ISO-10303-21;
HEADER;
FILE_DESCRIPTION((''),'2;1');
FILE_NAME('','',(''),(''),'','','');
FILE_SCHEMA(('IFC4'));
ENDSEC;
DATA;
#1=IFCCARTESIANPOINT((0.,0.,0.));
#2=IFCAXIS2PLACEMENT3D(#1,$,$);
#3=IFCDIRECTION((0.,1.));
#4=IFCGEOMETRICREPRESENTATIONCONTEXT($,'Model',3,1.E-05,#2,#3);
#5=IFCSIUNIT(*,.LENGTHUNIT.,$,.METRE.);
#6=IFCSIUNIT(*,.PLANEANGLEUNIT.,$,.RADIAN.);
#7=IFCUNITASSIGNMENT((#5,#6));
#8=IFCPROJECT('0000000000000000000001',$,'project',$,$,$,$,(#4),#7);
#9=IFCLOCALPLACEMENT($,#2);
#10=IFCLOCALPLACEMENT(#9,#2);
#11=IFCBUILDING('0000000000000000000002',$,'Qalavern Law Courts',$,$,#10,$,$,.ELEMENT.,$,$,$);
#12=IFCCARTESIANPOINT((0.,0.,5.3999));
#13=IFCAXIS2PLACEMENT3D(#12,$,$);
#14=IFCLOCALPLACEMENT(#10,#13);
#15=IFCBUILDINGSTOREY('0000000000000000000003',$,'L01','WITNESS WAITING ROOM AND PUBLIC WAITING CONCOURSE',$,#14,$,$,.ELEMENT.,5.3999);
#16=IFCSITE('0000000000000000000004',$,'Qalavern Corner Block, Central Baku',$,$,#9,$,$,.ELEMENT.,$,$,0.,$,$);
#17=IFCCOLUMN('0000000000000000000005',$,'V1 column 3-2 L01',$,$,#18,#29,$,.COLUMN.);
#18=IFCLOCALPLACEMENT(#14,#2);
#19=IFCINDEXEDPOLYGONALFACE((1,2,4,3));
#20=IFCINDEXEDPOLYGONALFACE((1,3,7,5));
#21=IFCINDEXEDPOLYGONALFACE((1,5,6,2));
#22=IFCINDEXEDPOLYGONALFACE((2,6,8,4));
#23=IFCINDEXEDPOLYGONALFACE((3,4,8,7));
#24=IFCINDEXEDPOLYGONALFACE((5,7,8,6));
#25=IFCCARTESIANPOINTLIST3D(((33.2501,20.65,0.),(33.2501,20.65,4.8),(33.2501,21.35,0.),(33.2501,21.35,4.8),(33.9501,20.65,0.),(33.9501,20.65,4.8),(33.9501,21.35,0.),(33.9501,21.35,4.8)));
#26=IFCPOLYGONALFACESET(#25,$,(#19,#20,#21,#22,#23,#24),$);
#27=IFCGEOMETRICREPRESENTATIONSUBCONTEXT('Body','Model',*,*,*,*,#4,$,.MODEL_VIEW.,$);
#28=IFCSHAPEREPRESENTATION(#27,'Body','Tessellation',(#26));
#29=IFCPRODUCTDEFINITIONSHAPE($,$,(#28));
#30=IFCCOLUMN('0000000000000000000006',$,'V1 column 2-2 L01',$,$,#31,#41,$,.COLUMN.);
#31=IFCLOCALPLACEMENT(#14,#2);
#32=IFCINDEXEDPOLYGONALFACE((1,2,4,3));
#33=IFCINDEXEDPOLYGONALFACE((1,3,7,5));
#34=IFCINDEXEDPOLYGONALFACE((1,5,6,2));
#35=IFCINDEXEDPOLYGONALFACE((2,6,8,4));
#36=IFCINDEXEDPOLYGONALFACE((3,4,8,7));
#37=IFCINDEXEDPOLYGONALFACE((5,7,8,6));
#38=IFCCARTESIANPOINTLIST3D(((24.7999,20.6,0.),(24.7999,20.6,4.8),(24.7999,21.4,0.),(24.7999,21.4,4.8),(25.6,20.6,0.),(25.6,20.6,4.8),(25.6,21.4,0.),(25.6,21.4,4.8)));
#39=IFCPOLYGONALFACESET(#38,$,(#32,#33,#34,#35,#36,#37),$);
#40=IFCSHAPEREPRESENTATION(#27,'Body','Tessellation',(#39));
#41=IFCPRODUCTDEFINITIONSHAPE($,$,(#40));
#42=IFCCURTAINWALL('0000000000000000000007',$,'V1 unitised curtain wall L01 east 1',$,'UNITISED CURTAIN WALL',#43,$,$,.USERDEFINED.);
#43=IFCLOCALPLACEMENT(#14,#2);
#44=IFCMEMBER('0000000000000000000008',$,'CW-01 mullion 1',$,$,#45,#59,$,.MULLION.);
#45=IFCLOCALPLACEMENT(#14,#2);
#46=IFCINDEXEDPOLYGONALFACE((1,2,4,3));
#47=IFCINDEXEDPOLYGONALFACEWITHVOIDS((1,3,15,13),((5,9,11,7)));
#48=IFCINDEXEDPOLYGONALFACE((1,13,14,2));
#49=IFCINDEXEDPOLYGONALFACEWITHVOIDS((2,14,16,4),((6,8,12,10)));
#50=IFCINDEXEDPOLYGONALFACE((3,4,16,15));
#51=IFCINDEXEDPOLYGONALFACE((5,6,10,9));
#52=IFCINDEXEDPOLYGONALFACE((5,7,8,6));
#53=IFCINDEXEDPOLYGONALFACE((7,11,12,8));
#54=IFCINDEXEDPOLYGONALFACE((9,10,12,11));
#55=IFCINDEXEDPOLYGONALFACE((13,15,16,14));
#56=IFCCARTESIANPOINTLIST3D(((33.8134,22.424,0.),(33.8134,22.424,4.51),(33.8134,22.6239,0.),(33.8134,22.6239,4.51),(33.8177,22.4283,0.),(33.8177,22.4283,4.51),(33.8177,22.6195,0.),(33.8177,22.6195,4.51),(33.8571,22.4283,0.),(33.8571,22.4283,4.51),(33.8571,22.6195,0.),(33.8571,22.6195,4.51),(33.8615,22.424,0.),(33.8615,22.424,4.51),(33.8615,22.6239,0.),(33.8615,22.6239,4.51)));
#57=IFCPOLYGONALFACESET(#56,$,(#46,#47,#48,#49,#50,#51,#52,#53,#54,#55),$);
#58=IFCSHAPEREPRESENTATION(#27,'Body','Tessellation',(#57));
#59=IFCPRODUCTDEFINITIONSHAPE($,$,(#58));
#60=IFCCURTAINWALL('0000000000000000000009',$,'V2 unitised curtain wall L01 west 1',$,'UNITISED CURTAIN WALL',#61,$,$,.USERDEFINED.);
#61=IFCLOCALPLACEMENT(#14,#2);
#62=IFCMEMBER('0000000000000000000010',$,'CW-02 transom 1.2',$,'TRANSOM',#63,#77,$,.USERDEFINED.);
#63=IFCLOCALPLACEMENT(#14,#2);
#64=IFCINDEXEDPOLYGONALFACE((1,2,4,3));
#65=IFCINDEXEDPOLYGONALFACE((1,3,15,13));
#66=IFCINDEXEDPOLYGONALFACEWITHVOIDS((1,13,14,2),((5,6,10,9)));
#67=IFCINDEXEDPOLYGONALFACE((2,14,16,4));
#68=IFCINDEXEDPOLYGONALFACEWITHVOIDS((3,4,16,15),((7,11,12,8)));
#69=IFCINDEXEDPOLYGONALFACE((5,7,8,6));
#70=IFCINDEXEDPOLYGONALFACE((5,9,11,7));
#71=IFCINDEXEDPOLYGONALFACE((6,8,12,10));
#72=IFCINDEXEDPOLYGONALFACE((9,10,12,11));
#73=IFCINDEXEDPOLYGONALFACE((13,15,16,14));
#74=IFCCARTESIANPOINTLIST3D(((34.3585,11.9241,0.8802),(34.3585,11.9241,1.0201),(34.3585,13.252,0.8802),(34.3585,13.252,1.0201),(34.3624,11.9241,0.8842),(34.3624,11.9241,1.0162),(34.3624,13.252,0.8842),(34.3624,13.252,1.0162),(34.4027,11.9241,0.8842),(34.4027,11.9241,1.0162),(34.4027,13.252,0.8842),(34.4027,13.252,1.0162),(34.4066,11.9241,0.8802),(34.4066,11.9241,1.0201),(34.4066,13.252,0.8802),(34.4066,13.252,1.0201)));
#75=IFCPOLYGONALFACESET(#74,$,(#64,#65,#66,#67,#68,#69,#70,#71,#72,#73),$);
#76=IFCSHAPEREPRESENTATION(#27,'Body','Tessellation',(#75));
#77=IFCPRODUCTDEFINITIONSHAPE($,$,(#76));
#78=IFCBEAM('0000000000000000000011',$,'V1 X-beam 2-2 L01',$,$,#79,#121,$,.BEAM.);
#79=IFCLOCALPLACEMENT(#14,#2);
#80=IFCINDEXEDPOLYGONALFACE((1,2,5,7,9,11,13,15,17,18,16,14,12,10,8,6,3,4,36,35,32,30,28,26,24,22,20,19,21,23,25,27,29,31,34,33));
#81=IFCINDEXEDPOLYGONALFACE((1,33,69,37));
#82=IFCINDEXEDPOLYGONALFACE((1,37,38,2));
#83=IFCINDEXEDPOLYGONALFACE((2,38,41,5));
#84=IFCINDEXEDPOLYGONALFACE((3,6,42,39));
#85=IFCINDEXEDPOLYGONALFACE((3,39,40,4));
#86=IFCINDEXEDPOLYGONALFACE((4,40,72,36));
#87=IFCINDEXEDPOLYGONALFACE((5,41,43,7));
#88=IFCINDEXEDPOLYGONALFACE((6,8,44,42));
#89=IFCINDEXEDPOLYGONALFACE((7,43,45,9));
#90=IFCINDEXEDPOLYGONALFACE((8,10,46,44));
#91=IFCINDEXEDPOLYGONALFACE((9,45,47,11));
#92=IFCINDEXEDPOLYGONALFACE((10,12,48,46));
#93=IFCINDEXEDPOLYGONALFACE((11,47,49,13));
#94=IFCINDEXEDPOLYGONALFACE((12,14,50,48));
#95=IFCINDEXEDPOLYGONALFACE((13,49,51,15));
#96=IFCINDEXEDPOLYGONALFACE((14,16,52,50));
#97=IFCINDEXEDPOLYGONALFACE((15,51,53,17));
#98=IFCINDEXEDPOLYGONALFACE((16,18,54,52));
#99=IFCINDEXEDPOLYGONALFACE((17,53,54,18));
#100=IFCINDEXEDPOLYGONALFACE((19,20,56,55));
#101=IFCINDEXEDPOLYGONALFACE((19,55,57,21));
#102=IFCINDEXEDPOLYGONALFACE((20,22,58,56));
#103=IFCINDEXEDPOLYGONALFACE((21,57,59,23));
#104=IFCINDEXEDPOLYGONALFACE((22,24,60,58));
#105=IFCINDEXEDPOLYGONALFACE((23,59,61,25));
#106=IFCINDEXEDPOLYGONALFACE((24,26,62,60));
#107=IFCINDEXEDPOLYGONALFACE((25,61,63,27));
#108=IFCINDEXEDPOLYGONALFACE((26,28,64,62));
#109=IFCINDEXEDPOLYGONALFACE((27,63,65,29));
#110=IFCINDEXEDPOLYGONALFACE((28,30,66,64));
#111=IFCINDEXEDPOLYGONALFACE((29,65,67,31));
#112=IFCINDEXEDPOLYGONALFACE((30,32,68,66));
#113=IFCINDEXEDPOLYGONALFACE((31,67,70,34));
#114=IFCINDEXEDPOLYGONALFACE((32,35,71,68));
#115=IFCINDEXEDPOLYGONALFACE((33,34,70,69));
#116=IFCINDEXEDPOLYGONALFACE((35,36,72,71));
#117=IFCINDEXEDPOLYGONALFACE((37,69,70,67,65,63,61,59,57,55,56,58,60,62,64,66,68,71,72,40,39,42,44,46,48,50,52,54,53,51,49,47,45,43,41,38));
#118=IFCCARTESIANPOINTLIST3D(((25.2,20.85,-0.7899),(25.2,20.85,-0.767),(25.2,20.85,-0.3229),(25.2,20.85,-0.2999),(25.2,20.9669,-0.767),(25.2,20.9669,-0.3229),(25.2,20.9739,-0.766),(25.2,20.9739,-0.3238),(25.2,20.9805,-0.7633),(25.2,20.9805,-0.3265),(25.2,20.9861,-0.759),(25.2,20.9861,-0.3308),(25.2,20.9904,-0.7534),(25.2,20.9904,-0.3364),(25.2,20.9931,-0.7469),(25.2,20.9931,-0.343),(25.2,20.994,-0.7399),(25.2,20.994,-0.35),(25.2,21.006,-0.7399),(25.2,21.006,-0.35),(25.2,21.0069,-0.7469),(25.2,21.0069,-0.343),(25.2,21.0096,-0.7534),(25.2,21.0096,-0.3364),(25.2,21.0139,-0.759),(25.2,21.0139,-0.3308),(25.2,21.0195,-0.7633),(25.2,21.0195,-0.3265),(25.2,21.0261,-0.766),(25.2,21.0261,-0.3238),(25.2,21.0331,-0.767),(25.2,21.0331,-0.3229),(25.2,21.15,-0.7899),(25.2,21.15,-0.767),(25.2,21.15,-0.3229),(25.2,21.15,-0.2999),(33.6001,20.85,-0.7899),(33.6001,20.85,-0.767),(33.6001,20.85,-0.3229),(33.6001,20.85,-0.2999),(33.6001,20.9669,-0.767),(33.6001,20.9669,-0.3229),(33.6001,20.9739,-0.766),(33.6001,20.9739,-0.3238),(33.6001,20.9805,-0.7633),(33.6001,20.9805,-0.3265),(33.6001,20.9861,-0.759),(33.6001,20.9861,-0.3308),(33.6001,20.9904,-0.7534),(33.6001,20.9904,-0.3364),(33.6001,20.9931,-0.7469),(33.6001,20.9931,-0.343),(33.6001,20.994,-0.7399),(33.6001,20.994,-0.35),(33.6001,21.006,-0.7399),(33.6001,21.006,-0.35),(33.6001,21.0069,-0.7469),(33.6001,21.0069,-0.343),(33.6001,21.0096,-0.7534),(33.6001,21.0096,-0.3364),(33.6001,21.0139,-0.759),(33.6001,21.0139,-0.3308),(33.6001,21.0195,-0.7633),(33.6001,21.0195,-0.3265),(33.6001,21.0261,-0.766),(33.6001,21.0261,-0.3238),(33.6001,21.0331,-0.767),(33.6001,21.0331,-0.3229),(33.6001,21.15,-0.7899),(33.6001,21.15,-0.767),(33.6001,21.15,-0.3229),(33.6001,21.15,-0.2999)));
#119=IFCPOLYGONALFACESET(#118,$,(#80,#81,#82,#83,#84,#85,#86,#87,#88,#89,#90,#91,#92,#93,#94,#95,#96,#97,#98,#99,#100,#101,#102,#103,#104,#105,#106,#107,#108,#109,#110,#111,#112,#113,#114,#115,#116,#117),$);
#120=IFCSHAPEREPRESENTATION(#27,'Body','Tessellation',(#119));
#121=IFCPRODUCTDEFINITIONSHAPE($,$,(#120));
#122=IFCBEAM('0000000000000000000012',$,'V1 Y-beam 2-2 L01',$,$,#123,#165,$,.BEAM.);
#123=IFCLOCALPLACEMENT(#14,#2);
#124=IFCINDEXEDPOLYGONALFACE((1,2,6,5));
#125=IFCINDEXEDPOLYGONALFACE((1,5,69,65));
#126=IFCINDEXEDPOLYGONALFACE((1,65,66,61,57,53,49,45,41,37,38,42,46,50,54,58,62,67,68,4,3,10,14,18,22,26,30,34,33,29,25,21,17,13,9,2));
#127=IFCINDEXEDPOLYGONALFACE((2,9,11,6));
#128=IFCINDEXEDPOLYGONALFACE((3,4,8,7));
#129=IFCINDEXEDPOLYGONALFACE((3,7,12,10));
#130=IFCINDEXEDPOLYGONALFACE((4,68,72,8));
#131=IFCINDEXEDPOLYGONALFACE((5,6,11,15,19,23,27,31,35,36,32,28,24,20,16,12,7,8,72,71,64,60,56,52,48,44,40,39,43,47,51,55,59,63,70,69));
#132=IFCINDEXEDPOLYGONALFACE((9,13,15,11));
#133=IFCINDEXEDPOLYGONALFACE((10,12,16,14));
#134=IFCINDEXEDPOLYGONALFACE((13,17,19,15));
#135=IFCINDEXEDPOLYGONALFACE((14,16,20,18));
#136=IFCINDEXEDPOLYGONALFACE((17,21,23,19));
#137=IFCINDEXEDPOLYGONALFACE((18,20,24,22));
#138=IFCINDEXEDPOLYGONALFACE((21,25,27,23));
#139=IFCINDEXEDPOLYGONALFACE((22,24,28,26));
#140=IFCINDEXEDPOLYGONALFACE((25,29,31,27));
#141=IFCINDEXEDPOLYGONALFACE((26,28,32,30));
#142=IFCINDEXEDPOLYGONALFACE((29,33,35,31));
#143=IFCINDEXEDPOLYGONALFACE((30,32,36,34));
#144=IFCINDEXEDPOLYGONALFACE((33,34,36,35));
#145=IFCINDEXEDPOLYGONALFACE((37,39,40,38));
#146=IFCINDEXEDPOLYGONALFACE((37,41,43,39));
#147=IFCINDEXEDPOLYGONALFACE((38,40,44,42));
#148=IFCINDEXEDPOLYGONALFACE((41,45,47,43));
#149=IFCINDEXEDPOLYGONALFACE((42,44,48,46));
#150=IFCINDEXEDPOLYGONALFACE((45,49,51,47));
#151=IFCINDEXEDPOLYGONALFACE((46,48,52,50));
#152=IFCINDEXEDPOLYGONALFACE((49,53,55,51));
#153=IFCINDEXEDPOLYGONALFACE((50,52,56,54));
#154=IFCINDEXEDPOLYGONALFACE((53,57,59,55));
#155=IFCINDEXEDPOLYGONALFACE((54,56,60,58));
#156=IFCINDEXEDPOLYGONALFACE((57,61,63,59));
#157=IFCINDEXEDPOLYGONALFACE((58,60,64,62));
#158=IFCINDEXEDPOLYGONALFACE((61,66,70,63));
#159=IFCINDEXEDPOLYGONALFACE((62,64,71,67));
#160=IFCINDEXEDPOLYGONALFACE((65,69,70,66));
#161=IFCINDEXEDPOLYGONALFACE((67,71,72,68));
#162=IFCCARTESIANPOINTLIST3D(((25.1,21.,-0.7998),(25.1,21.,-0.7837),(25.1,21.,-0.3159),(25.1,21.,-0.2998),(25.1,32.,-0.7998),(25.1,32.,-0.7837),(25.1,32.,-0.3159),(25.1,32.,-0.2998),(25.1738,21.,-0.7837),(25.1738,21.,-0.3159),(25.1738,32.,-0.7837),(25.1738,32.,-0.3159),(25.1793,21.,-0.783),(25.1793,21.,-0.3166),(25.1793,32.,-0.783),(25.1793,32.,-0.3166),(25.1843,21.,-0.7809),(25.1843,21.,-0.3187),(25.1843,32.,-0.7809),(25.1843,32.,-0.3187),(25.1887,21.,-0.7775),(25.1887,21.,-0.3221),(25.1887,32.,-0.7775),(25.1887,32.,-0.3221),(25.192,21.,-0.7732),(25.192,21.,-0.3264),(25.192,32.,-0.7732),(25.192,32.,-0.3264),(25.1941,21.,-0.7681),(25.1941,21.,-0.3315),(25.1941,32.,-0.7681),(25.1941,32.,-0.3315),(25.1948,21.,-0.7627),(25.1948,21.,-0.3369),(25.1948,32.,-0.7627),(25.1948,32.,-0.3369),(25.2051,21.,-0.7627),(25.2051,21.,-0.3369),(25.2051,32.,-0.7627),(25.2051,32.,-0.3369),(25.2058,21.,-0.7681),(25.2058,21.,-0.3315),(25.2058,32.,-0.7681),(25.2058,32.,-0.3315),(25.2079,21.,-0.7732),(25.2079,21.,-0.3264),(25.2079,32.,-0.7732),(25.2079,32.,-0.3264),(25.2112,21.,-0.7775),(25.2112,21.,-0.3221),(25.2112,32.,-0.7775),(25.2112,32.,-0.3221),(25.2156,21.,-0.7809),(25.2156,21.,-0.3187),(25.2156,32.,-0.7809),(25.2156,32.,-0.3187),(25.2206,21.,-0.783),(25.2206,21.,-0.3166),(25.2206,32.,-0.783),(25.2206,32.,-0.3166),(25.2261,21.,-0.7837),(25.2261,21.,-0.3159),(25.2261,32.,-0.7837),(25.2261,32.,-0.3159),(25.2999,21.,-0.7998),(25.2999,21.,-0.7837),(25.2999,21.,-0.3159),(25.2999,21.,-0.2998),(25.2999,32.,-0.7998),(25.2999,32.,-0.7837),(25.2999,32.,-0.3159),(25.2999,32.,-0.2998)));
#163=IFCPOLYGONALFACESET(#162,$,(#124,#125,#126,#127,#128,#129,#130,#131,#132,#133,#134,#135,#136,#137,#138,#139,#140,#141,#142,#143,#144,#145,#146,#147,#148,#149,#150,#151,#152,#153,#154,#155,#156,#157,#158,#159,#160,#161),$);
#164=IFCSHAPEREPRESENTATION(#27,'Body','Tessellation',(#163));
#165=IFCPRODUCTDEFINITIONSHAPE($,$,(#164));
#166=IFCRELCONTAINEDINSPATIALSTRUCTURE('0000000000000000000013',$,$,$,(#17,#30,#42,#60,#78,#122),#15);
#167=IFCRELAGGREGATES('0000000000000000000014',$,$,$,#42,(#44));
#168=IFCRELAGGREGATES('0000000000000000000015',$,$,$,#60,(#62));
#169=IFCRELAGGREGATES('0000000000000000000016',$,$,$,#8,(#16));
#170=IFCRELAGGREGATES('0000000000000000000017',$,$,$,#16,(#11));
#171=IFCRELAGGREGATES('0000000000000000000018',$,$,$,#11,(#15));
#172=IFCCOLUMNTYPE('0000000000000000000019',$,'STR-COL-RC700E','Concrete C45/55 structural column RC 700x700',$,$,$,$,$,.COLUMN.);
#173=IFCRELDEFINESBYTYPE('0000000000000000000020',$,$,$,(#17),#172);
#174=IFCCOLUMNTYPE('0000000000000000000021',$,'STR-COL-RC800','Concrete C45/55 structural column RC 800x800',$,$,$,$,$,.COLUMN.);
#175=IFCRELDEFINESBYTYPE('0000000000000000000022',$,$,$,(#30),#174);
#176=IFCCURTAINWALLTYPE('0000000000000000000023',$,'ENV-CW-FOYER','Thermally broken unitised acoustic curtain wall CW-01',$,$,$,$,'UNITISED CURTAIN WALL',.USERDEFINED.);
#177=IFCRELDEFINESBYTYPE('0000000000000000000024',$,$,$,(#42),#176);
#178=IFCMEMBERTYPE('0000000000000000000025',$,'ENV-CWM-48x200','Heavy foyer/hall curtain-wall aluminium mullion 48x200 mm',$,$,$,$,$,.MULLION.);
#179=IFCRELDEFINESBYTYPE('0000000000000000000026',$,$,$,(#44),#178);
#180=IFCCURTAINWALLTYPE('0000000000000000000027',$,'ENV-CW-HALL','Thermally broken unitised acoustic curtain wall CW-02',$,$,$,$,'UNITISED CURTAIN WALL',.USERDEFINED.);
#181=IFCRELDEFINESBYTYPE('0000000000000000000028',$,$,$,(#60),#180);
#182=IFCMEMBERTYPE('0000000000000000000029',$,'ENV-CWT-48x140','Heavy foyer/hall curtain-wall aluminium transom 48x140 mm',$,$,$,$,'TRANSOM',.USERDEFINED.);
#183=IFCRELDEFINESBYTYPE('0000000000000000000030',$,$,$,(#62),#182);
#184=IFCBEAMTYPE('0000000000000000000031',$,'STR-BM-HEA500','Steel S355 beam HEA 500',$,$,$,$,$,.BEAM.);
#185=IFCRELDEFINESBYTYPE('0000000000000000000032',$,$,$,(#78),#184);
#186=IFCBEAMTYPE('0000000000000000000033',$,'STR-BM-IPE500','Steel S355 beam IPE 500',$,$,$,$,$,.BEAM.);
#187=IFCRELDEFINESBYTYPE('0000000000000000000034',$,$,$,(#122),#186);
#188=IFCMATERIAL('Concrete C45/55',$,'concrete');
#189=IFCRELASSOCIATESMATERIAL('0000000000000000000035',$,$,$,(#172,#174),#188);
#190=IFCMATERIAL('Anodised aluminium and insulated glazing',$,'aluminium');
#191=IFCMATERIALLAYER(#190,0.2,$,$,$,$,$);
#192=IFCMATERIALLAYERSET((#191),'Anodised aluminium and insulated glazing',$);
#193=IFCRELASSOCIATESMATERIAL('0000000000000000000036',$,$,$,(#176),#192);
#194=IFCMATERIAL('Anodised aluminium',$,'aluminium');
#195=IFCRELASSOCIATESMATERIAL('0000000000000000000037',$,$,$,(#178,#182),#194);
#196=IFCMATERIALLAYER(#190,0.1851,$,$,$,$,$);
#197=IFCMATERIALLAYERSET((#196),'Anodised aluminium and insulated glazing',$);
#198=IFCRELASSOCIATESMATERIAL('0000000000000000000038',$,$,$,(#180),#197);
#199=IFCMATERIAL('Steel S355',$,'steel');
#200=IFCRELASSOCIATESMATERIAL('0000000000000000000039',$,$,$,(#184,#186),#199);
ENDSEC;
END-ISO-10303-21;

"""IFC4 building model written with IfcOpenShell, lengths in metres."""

from ifc_helpers import new_model, si_unit, direction, frame, origin, origin_2d, place, context, subcontext, project, spatial, rectangle, hollow_rectangle, i_section, extrude, material, layer, layer_set, material_profile, profile_set, type_object, element, aggregate, save


model = new_model("IFC4")

# Units and contexts
model_context = context("Model", 3, precision=1e-05, world=origin(), true_north=direction((0.0, 1.0)))
body_context = subcontext(model_context, "Body", "Model", "MODEL_VIEW")
ifc_project = project(units=[si_unit("LENGTHUNIT", "METRE"), si_unit("PLANEANGLEUNIT", "RADIAN")], contexts=[model_context])

# Site, building, storey
site_placement = place(None, origin())
site = spatial("IfcSite", under=ifc_project, at=site_placement, Name="Qalavern Corner Block, Central Baku", CompositionType="ELEMENT", RefElevation=0.0)
building_placement = place(site_placement, origin())
building = spatial("IfcBuilding", under=site, at=building_placement, Name="Qalavern Law Courts", CompositionType="ELEMENT")
storey_placement = place(building_placement, frame((0.0, 0.0, 5.3999)))
storey = spatial("IfcBuildingStorey", under=building, at=storey_placement, Name="L01", Description="WITNESS WAITING ROOM AND PUBLIC WAITING CONCOURSE", CompositionType="ELEMENT", Elevation=5.3999)

# Columns
ifc_material_1 = material(Name="Concrete C45/55", Category="concrete")
ifc_material_profile_1 = material_profile(ifc_material_1, rectangle(XDim=0.7, YDim=0.7, at=origin_2d()), Name="RC 700x700")
ifc_profile_set_1 = profile_set([ifc_material_profile_1], Name="Concrete C45/55")
column_type_1 = type_object("IfcColumnType", Name="STR-COL-RC700E", Description="Concrete C45/55 structural column RC 700x700", PredefinedType="COLUMN", material=ifc_profile_set_1)
column_1_placement = place(storey_placement, frame((33.6001, 21.0, 0.0), z_axis=(0.0, 0.0, 1.0), x_axis=(1.0, 0.0, 0.0)))
element("IfcColumn", 1, at=column_1_placement, inside=storey, type_object=column_type_1, Name="V1 column 3-2 L01", PredefinedType="COLUMN", context=body_context, shape_type="SweptSolid", body=[
    extrude(rectangle(XDim=0.7, YDim=0.7, at=origin_2d()), origin(), (0.0, 0.0, 1.0), 4.8),
])
ifc_material_profile_2 = material_profile(ifc_material_1, rectangle(XDim=0.8, YDim=0.8, at=origin_2d()), Name="RC 800x800")
ifc_profile_set_2 = profile_set([ifc_material_profile_2], Name="Concrete C45/55")
column_type_2 = type_object("IfcColumnType", Name="STR-COL-RC800", Description="Concrete C45/55 structural column RC 800x800", PredefinedType="COLUMN", material=ifc_profile_set_2)
column_2_placement = place(storey_placement, frame((25.2, 21.0, 0.0), z_axis=(0.0, 0.0, 1.0), x_axis=(1.0, 0.0, 0.0)))
element("IfcColumn", 2, at=column_2_placement, inside=storey, type_object=column_type_2, Name="V1 column 2-2 L01", PredefinedType="COLUMN", context=body_context, shape_type="SweptSolid", body=[
    extrude(rectangle(XDim=0.8, YDim=0.8, at=origin_2d()), origin(), (0.0, 0.0, 1.0), 4.8),
])

# Curtain walls, members
ifc_material_2 = material(Name="Anodised aluminium and insulated glazing", Category="aluminium")
ifc_layer_1 = layer(ifc_material_2, 0.2)
ifc_layer_set_1 = layer_set([ifc_layer_1], Name="Anodised aluminium and insulated glazing")
curtain_wall_type_1 = type_object("IfcCurtainWallType", Name="ENV-CW-FOYER", Description="Thermally broken unitised acoustic curtain wall CW-01", ElementType="UNITISED CURTAIN WALL", PredefinedType="USERDEFINED", material=ifc_layer_set_1)
curtain_wall_1_placement = place(storey_placement, origin())
curtain_wall_1 = element("IfcCurtainWall", 3, at=curtain_wall_1_placement, inside=storey, type_object=curtain_wall_type_1, Name="V1 unitised curtain wall L01 east 1", ObjectType="UNITISED CURTAIN WALL", PredefinedType="USERDEFINED")
ifc_material_3 = material(Name="Anodised aluminium", Category="aluminium")
ifc_material_profile_3 = material_profile(ifc_material_3, hollow_rectangle(XDim=0.0481, YDim=0.2, WallThickness=0.0044, at=origin_2d()), Name="ALU MULLION 48x200")
ifc_profile_set_3 = profile_set([ifc_material_profile_3], Name="Anodised aluminium")
member_type_1 = type_object("IfcMemberType", Name="ENV-CWM-48x200", Description="Heavy foyer/hall curtain-wall aluminium mullion 48x200 mm", PredefinedType="MULLION", material=ifc_profile_set_3)
member_1_placement = place(storey_placement, frame((33.8374, 22.5239, 0.0), z_axis=(0.0, 0.0, 1.0), x_axis=(-1.0, 0.0, 0.0)))
member_1 = element("IfcMember", 4, at=member_1_placement, type_object=member_type_1, Name="CW-01 mullion 1", PredefinedType="MULLION", context=body_context, shape_type="SweptSolid", body=[
    extrude(hollow_rectangle(XDim=0.0481, YDim=0.2, WallThickness=0.0044, at=origin_2d()), origin(), (0.0, 0.0, 1.0), 4.51),
])
aggregate(curtain_wall_1, [member_1])
ifc_layer_2 = layer(ifc_material_2, 0.1851)
ifc_layer_set_2 = layer_set([ifc_layer_2], Name="Anodised aluminium and insulated glazing")
curtain_wall_type_2 = type_object("IfcCurtainWallType", Name="ENV-CW-HALL", Description="Thermally broken unitised acoustic curtain wall CW-02", ElementType="UNITISED CURTAIN WALL", PredefinedType="USERDEFINED", material=ifc_layer_set_2)
curtain_wall_2_placement = place(storey_placement, origin())
curtain_wall_2 = element("IfcCurtainWall", 5, at=curtain_wall_2_placement, inside=storey, type_object=curtain_wall_type_2, Name="V2 unitised curtain wall L01 west 1", ObjectType="UNITISED CURTAIN WALL", PredefinedType="USERDEFINED")
ifc_material_profile_4 = material_profile(ifc_material_3, hollow_rectangle(XDim=0.0481, YDim=0.1399, WallThickness=0.0039, at=origin_2d()), Name="ALU TRANSOM 48x140")
ifc_profile_set_4 = profile_set([ifc_material_profile_4], Name="Anodised aluminium")
member_type_2 = type_object("IfcMemberType", Name="ENV-CWT-48x140", Description="Heavy foyer/hall curtain-wall aluminium transom 48x140 mm", ElementType="TRANSOM", PredefinedType="USERDEFINED", material=ifc_profile_set_4)
member_2_placement = place(storey_placement, frame((34.3826, 13.252, 0.9502), z_axis=(0.0, -1.0, 0.0), x_axis=(1.0, 0.0, 0.0)))
member_2 = element("IfcMember", 6, at=member_2_placement, type_object=member_type_2, Name="CW-02 transom 1.2", ObjectType="TRANSOM", PredefinedType="USERDEFINED", context=body_context, shape_type="SweptSolid", body=[
    extrude(hollow_rectangle(XDim=0.0481, YDim=0.1399, WallThickness=0.0039, at=origin_2d()), origin(), (0.0, 0.0, 1.0), 1.3279),
])
aggregate(curtain_wall_2, [member_2])

# Beams
ifc_material_4 = material(Name="Steel S355", Category="steel")
ifc_material_profile_5 = material_profile(ifc_material_4, i_section(OverallWidth=0.3, OverallDepth=0.49, WebThickness=0.012, FlangeThickness=0.0229, FilletRadius=0.0271, at=origin_2d()), Name="HEA 500")
ifc_profile_set_5 = profile_set([ifc_material_profile_5], Name="Steel S355")
beam_type_1 = type_object("IfcBeamType", Name="STR-BM-HEA500", Description="Steel S355 beam HEA 500", PredefinedType="BEAM", material=ifc_profile_set_5)
beam_1_placement = place(storey_placement, frame((25.2, 21.0, -0.5449), z_axis=(1.0, 0.0, 0.0), x_axis=(0.0, 1.0, 0.0)))
element("IfcBeam", 7, at=beam_1_placement, inside=storey, type_object=beam_type_1, Name="V1 X-beam 2-2 L01", PredefinedType="BEAM", context=body_context, shape_type="SweptSolid", body=[
    extrude(i_section(OverallWidth=0.3, OverallDepth=0.49, WebThickness=0.012, FlangeThickness=0.0229, FilletRadius=0.0271, at=origin_2d()), origin(), (0.0, 0.0, 1.0), 8.4001),
])
ifc_material_profile_6 = material_profile(ifc_material_4, i_section(OverallWidth=0.2, OverallDepth=0.5, WebThickness=0.0103, FlangeThickness=0.0161, FilletRadius=0.021, at=origin_2d()), Name="IPE 500")
ifc_profile_set_6 = profile_set([ifc_material_profile_6], Name="Steel S355")
beam_type_2 = type_object("IfcBeamType", Name="STR-BM-IPE500", Description="Steel S355 beam IPE 500", PredefinedType="BEAM", material=ifc_profile_set_6)
beam_2_placement = place(storey_placement, frame((25.2, 21.0, -0.5498), z_axis=(0.0, 1.0, 0.0), x_axis=(-1.0, 0.0, 0.0)))
element("IfcBeam", 8, at=beam_2_placement, inside=storey, type_object=beam_type_2, Name="V1 Y-beam 2-2 L01", PredefinedType="BEAM", context=body_context, shape_type="SweptSolid", body=[
    extrude(i_section(OverallWidth=0.2, OverallDepth=0.5, WebThickness=0.0103, FlangeThickness=0.0161, FilletRadius=0.021, at=origin_2d()), origin(), (0.0, 0.0, 1.0), 11.0),
])

save(model, "model.ifc")
